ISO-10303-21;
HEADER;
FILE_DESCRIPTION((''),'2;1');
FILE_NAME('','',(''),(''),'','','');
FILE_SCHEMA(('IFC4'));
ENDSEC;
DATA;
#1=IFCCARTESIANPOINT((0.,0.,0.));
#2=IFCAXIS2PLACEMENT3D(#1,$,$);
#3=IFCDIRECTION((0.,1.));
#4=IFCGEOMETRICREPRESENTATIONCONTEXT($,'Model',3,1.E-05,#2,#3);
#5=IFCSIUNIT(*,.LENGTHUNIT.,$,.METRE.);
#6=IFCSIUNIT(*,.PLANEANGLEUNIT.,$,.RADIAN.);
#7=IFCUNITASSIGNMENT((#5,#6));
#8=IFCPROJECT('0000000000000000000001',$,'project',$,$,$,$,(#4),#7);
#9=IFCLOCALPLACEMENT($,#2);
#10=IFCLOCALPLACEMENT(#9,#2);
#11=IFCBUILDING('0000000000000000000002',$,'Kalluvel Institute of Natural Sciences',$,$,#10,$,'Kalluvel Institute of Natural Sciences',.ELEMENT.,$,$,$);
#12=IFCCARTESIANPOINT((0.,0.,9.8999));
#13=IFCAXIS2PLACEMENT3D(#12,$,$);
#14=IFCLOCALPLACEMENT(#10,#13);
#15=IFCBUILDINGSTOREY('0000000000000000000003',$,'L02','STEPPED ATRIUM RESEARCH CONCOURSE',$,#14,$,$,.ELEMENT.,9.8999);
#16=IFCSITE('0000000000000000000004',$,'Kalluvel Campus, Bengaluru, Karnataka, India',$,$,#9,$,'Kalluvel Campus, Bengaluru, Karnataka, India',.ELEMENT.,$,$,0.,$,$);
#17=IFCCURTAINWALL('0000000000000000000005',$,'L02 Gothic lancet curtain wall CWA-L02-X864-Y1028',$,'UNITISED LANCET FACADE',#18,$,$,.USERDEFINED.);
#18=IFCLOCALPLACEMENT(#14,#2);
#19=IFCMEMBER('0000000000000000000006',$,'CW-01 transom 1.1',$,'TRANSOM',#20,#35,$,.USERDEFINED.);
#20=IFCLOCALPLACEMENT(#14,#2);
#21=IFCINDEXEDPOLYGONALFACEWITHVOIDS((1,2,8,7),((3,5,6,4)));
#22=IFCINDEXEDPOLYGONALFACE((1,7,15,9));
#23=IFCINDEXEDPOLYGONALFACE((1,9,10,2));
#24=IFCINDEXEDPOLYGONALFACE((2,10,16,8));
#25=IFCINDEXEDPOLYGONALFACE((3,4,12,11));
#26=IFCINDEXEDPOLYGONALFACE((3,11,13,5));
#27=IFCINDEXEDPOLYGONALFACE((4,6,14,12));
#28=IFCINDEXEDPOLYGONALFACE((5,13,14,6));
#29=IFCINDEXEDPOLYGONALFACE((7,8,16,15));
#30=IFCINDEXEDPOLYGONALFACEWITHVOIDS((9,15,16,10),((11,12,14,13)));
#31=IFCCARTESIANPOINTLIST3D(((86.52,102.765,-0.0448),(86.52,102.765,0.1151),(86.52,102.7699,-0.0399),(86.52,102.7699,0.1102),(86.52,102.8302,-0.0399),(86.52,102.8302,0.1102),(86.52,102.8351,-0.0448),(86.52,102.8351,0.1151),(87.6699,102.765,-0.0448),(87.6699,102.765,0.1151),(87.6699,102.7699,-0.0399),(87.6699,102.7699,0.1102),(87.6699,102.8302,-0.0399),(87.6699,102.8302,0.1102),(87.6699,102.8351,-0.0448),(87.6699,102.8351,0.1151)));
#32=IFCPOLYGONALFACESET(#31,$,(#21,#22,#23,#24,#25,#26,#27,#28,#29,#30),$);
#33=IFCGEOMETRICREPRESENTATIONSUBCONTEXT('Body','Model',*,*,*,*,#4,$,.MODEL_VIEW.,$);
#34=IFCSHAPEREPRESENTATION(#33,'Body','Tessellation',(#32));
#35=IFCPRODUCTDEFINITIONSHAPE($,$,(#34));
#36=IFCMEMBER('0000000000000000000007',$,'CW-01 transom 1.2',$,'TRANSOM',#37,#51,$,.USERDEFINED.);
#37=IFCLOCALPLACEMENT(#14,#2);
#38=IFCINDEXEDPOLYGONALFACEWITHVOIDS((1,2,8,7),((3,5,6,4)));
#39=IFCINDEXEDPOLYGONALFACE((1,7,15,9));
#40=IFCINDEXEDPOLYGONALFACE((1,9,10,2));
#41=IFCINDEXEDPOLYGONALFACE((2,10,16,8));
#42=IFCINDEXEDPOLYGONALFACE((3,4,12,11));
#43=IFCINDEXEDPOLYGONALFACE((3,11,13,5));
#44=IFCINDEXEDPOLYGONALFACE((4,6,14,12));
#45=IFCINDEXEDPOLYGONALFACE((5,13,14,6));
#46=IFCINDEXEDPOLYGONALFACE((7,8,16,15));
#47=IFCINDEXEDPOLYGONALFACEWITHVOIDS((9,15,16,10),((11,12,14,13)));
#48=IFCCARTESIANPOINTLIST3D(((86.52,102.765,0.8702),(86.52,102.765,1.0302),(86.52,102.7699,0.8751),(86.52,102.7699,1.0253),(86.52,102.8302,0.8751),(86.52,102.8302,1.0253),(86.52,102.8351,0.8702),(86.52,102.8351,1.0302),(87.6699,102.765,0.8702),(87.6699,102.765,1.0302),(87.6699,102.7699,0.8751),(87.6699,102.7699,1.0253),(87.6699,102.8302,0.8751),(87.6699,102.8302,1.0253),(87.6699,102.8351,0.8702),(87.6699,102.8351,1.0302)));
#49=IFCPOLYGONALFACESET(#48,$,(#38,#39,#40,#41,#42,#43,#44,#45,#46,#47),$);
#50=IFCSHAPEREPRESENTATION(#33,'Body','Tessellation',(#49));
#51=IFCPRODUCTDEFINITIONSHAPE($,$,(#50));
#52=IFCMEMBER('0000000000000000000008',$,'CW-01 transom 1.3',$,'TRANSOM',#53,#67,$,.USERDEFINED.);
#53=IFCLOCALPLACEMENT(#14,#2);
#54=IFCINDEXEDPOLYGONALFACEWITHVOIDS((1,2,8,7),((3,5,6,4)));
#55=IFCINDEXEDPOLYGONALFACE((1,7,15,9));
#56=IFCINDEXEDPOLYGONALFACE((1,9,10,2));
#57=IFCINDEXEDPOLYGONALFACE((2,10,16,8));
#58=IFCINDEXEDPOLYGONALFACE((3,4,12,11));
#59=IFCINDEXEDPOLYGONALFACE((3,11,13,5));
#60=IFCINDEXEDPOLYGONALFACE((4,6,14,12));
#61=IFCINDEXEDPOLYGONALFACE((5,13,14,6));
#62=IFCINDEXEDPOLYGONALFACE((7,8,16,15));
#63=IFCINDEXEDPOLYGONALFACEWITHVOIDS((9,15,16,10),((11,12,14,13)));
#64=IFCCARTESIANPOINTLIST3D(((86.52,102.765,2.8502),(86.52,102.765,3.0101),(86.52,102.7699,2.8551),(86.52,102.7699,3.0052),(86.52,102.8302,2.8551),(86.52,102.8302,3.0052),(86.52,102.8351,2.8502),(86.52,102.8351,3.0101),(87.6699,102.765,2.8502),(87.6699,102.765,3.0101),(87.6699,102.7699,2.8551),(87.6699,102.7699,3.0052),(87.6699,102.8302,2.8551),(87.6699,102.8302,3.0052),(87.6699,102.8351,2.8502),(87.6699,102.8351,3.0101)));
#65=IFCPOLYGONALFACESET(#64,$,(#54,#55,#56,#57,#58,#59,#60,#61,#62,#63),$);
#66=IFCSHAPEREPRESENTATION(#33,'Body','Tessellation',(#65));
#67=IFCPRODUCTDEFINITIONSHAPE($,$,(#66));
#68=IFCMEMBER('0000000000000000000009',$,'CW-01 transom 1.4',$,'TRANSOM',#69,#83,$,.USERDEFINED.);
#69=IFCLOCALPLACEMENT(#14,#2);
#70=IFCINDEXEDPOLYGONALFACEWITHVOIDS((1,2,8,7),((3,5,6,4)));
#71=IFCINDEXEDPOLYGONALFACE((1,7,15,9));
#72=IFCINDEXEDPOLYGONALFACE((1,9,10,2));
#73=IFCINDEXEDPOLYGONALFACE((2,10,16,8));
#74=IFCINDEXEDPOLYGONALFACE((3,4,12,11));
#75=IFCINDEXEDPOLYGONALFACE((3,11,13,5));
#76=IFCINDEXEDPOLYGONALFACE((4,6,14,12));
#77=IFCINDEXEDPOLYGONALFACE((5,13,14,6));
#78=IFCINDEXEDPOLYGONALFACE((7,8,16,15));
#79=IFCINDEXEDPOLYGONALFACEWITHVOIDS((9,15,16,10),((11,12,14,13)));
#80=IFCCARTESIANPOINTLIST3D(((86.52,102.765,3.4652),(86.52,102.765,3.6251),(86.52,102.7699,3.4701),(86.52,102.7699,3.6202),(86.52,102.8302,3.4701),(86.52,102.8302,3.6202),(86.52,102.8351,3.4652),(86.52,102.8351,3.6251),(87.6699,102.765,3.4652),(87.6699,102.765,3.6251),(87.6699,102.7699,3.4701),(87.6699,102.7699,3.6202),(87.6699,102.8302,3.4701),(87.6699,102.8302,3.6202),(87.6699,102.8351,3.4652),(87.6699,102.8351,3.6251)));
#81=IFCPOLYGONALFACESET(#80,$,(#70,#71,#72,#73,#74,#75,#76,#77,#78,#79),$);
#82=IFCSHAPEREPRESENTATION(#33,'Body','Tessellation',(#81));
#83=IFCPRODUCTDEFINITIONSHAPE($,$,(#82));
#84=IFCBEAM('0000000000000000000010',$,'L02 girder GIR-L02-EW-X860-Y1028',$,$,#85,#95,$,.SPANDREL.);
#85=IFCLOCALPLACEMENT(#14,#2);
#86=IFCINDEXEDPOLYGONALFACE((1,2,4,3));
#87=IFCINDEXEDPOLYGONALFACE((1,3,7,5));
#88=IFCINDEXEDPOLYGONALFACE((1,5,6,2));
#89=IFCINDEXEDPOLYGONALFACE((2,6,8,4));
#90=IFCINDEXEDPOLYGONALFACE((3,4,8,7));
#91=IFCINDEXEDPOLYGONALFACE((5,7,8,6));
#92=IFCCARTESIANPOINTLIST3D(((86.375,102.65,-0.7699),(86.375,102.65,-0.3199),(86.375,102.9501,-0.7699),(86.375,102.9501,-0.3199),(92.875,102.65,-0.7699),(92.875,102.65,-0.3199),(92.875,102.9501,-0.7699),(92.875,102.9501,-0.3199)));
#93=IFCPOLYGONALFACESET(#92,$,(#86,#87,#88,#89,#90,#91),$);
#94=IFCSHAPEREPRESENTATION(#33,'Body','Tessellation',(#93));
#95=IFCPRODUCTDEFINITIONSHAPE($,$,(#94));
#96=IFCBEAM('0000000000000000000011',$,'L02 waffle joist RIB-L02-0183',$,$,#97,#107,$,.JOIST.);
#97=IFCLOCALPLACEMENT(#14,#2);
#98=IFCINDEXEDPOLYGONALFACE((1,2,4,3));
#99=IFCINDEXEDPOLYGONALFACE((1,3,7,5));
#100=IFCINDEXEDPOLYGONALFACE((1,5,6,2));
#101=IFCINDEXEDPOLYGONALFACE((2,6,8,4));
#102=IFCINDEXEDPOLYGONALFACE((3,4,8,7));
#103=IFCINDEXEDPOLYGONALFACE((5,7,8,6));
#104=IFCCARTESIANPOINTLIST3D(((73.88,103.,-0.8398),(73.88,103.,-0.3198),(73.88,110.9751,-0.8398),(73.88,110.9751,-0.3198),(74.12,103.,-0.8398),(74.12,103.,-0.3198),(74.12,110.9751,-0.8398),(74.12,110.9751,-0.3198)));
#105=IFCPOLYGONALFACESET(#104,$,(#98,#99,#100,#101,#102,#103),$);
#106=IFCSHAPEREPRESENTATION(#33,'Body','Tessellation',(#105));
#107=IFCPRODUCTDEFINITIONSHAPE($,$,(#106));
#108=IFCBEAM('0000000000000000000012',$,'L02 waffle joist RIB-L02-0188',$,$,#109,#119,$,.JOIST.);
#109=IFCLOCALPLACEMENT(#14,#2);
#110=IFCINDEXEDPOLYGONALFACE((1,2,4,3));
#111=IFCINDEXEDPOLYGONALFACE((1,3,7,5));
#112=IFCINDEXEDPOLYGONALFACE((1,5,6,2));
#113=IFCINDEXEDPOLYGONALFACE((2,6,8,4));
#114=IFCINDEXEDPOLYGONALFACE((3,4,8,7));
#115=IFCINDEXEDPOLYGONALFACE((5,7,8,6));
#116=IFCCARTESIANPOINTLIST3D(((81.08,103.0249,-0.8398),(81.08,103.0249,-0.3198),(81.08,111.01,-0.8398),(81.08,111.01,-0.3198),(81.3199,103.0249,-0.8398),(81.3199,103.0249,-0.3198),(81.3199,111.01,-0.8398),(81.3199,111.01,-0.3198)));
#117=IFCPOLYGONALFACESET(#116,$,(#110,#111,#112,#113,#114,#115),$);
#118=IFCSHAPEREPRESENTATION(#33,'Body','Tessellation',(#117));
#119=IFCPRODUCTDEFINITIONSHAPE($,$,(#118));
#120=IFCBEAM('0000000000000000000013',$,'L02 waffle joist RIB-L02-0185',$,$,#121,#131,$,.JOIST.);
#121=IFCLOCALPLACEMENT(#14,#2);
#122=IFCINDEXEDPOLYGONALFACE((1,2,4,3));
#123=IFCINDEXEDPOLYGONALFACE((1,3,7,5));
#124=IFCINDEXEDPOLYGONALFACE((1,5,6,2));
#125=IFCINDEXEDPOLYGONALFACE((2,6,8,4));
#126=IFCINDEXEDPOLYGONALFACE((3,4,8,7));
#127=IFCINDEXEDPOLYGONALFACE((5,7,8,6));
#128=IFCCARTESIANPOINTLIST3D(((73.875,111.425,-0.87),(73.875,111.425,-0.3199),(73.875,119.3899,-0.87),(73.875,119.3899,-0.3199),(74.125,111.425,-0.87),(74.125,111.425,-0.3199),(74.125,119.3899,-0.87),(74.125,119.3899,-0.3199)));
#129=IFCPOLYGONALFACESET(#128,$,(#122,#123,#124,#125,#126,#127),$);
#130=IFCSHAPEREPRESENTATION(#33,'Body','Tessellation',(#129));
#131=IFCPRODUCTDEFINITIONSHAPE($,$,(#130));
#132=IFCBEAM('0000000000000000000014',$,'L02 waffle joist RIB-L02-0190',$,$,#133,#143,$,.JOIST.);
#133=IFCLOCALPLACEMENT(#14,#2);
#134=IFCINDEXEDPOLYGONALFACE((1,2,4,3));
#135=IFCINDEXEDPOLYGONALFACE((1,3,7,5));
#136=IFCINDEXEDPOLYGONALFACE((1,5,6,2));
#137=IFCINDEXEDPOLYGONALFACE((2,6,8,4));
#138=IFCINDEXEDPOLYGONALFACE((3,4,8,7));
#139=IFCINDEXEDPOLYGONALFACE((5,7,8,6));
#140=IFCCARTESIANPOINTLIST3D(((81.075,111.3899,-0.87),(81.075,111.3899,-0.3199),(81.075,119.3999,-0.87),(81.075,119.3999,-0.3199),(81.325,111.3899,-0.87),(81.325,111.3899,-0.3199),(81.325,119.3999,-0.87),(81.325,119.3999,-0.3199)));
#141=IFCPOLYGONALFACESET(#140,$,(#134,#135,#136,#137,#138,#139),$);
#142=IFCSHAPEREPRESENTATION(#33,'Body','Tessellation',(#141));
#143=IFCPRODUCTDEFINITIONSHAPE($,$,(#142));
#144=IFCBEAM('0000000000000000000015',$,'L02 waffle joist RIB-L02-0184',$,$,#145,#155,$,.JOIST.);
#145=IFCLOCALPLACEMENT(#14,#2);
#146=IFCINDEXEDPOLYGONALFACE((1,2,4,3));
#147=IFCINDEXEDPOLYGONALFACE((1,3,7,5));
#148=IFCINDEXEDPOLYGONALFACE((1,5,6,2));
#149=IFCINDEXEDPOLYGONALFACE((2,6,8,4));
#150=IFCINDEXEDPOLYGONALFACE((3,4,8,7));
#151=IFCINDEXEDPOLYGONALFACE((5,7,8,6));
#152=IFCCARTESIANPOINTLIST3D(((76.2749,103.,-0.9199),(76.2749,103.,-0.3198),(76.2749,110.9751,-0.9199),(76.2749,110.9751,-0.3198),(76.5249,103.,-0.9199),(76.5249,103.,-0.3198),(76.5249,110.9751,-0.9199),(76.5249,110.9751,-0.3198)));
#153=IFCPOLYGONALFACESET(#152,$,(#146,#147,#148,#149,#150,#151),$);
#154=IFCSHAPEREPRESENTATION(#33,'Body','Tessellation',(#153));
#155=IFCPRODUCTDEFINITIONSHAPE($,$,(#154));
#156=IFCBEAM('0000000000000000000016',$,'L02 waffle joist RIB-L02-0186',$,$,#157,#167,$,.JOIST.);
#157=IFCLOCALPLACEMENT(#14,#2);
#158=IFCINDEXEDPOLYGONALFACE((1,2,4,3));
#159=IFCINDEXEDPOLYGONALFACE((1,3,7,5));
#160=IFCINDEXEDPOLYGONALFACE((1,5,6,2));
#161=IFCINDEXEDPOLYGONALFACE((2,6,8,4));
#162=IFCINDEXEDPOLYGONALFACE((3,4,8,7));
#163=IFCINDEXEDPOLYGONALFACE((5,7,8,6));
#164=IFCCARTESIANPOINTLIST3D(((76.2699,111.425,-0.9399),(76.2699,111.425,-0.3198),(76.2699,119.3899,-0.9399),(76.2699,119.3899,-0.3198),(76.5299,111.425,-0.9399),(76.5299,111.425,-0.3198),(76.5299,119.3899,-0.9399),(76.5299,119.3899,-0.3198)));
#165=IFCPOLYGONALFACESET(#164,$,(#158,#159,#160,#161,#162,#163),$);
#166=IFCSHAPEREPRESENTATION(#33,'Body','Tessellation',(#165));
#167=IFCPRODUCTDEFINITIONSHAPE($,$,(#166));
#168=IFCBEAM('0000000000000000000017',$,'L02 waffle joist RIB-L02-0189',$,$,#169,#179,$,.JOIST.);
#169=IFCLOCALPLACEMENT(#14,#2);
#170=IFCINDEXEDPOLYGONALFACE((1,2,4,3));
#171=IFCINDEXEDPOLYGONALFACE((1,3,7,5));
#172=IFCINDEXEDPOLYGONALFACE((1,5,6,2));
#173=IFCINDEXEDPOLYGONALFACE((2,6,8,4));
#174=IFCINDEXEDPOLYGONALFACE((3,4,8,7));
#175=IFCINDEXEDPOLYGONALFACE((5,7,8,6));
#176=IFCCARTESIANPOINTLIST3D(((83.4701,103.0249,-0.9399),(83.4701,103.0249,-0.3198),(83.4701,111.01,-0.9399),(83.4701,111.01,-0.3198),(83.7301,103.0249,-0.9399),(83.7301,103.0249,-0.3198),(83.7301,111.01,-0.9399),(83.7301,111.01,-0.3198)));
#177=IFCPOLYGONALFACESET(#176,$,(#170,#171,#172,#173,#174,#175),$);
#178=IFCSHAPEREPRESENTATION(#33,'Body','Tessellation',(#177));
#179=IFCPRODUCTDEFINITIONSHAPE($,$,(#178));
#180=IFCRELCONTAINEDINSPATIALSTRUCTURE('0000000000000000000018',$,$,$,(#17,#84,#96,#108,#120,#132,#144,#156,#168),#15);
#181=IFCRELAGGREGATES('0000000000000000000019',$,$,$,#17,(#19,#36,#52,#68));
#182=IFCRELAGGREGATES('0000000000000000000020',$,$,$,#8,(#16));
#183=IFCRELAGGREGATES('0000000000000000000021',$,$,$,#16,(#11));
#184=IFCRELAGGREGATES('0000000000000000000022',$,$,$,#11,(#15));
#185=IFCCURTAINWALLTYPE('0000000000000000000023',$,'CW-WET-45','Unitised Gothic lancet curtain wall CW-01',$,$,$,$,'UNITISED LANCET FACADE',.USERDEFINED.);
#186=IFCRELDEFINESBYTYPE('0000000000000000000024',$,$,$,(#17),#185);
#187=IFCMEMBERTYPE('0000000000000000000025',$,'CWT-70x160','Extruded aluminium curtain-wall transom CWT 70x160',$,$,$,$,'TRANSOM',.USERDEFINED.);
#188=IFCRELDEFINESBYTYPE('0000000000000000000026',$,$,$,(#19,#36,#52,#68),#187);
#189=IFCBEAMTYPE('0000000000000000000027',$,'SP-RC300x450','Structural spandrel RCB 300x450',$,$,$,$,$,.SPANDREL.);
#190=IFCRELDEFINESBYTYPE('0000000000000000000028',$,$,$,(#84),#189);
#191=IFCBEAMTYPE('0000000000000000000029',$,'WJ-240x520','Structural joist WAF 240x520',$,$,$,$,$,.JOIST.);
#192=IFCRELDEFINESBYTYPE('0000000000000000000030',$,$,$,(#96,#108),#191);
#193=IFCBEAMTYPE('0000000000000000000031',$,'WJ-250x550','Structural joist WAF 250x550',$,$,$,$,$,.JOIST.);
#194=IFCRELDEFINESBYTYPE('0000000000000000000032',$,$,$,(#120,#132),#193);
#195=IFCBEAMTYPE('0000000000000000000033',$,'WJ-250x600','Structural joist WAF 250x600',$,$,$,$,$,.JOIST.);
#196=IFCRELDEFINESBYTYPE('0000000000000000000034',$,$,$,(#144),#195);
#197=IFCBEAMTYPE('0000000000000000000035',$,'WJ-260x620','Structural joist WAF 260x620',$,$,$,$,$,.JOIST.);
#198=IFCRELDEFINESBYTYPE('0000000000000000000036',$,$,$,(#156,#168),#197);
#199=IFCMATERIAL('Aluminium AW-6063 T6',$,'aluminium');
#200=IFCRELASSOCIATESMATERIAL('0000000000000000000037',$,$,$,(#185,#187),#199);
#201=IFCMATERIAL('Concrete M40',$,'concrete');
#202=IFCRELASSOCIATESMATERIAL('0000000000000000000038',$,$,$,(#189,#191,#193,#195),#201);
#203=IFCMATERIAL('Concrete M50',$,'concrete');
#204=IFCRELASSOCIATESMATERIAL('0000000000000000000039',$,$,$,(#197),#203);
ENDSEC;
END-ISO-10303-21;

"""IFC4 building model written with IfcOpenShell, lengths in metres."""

from ifc_helpers import new_model, si_unit, direction, frame, origin, origin_2d, place, context, subcontext, project, spatial, rectangle, hollow_rectangle, extrude, material, material_profile, profile_set, type_object, element, aggregate, save


model = new_model("IFC4")

# Units and contexts
model_context = context("Model", 3, precision=1e-05, world=origin(), true_north=direction((0.0, 1.0)))
body_context = subcontext(model_context, "Body", "Model", "MODEL_VIEW")
ifc_project = project(units=[si_unit("LENGTHUNIT", "METRE"), si_unit("PLANEANGLEUNIT", "RADIAN")], contexts=[model_context])

# Site, building, storey
site_placement = place(None, origin())
site = spatial("IfcSite", under=ifc_project, at=site_placement, Name="Kalluvel Campus, Bengaluru, Karnataka, India", LongName="Kalluvel Campus, Bengaluru, Karnataka, India", CompositionType="ELEMENT", RefElevation=0.0)
building_placement = place(site_placement, origin())
building = spatial("IfcBuilding", under=site, at=building_placement, Name="Kalluvel Institute of Natural Sciences", LongName="Kalluvel Institute of Natural Sciences", CompositionType="ELEMENT")
storey_placement = place(building_placement, frame((0.0, 0.0, 9.8999)))
storey = spatial("IfcBuildingStorey", under=building, at=storey_placement, Name="L02", Description="STEPPED ATRIUM RESEARCH CONCOURSE", CompositionType="ELEMENT", Elevation=9.8999)

# Shared definitions
ifc_material_1 = material(Name="Concrete M50", Category="concrete")

# Shared definitions
ifc_material_2 = material(Name="Concrete M40", Category="concrete")

# Curtain wall, members
ifc_material_3 = material(Name="Aluminium AW-6063 T6", Category="aluminium")
curtain_wall_type = type_object("IfcCurtainWallType", Name="CW-WET-45", Description="Unitised Gothic lancet curtain wall CW-01", ElementType="UNITISED LANCET FACADE", PredefinedType="USERDEFINED", material=ifc_material_3)
curtain_wall_placement = place(storey_placement, origin())
curtain_wall = element("IfcCurtainWall", 1, at=curtain_wall_placement, inside=storey, type_object=curtain_wall_type, Name="L02 Gothic lancet curtain wall CWA-L02-X864-Y1028", ObjectType="UNITISED LANCET FACADE", PredefinedType="USERDEFINED")
ifc_material_profile_1 = material_profile(ifc_material_3, hollow_rectangle(XDim=0.0701, YDim=0.1599, WallThickness=0.0049, at=origin_2d()), Name="CWT 70x160")
ifc_profile_set_1 = profile_set([ifc_material_profile_1], Name="Aluminium AW-6063 T6")
member_type_1 = type_object("IfcMemberType", Name="CWT-70x160", Description="Extruded aluminium curtain-wall transom CWT 70x160", ElementType="TRANSOM", PredefinedType="USERDEFINED", material=ifc_profile_set_1)
member_1_placement = place(storey_placement, frame((86.52, 102.8, 0.0352), z_axis=(1.0, 0.0, 0.0), x_axis=(0.0, 1.0, 0.0)))
member_1 = element("IfcMember", 2, at=member_1_placement, type_object=member_type_1, Name="CW-01 transom 1.1", ObjectType="TRANSOM", PredefinedType="USERDEFINED", context=body_context, shape_type="SweptSolid", body=[
    extrude(hollow_rectangle(XDim=0.0701, YDim=0.1599, WallThickness=0.0049, at=origin_2d()), origin(), (0.0, 0.0, 1.0), 1.1499),
])
member_2_placement = place(storey_placement, frame((86.52, 102.8, 0.9502), z_axis=(1.0, 0.0, 0.0), x_axis=(0.0, 1.0, 0.0)))
member_2 = element("IfcMember", 3, at=member_2_placement, type_object=member_type_1, Name="CW-01 transom 1.2", ObjectType="TRANSOM", PredefinedType="USERDEFINED", context=body_context, shape_type="SweptSolid", body=[
    extrude(hollow_rectangle(XDim=0.0701, YDim=0.1599, WallThickness=0.0049, at=origin_2d()), origin(), (0.0, 0.0, 1.0), 1.1499),
])
member_3_placement = place(storey_placement, frame((86.52, 102.8, 2.9302), z_axis=(1.0, 0.0, 0.0), x_axis=(0.0, 1.0, 0.0)))
member_3 = element("IfcMember", 4, at=member_3_placement, type_object=member_type_1, Name="CW-01 transom 1.3", ObjectType="TRANSOM", PredefinedType="USERDEFINED", context=body_context, shape_type="SweptSolid", body=[
    extrude(hollow_rectangle(XDim=0.0701, YDim=0.1599, WallThickness=0.0049, at=origin_2d()), origin(), (0.0, 0.0, 1.0), 1.1499),
])
member_4_placement = place(storey_placement, frame((86.52, 102.8, 3.5452), z_axis=(1.0, 0.0, 0.0), x_axis=(0.0, 1.0, 0.0)))
member_4 = element("IfcMember", 5, at=member_4_placement, type_object=member_type_1, Name="CW-01 transom 1.4", ObjectType="TRANSOM", PredefinedType="USERDEFINED", context=body_context, shape_type="SweptSolid", body=[
    extrude(hollow_rectangle(XDim=0.0701, YDim=0.1599, WallThickness=0.0049, at=origin_2d()), origin(), (0.0, 0.0, 1.0), 1.1499),
])
aggregate(curtain_wall, [member_1, member_2, member_3, member_4])

# Beams
ifc_material_profile_2 = material_profile(ifc_material_2, rectangle(XDim=0.3, YDim=0.45, at=origin_2d()), Name="RCB 300x450")
ifc_profile_set_2 = profile_set([ifc_material_profile_2], Name="Concrete M40")
beam_type_1 = type_object("IfcBeamType", Name="SP-RC300x450", Description="Structural spandrel RCB 300x450", PredefinedType="SPANDREL", material=ifc_profile_set_2)
beam_1_placement = place(storey_placement, frame((86.375, 102.8, -0.5449), z_axis=(1.0, 0.0, 0.0), x_axis=(0.0, 1.0, 0.0)))
element("IfcBeam", 6, at=beam_1_placement, inside=storey, type_object=beam_type_1, Name="L02 girder GIR-L02-EW-X860-Y1028", PredefinedType="SPANDREL", context=body_context, shape_type="SweptSolid", body=[
    extrude(rectangle(XDim=0.3, YDim=0.45, at=origin_2d()), origin(), (0.0, 0.0, 1.0), 6.5),
])
ifc_material_profile_3 = material_profile(ifc_material_2, rectangle(XDim=0.24, YDim=0.52, at=origin_2d()), Name="WAF 240x520")
ifc_profile_set_3 = profile_set([ifc_material_profile_3], Name="Concrete M40")
beam_type_2 = type_object("IfcBeamType", Name="WJ-240x520", Description="Structural joist WAF 240x520", PredefinedType="JOIST", material=ifc_profile_set_3)
beam_2_placement = place(storey_placement, frame((74.0, 103.0, -0.5798), z_axis=(0.0, 1.0, 0.0), x_axis=(-1.0, 0.0, 0.0)))
element("IfcBeam", 7, at=beam_2_placement, inside=storey, type_object=beam_type_2, Name="L02 waffle joist RIB-L02-0183", PredefinedType="JOIST", context=body_context, shape_type="SweptSolid", body=[
    extrude(rectangle(XDim=0.24, YDim=0.52, at=origin_2d()), origin(), (0.0, 0.0, 1.0), 7.9751),
])
beam_3_placement = place(storey_placement, frame((81.2, 103.0249, -0.5798), z_axis=(0.0, 1.0, 0.0), x_axis=(-1.0, 0.0, 0.0)))
element("IfcBeam", 8, at=beam_3_placement, inside=storey, type_object=beam_type_2, Name="L02 waffle joist RIB-L02-0188", PredefinedType="JOIST", context=body_context, shape_type="SweptSolid", body=[
    extrude(rectangle(XDim=0.24, YDim=0.52, at=origin_2d()), origin(), (0.0, 0.0, 1.0), 7.9851),
])
ifc_material_profile_4 = material_profile(ifc_material_2, rectangle(XDim=0.25, YDim=0.55, at=origin_2d()), Name="WAF 250x550")
ifc_profile_set_4 = profile_set([ifc_material_profile_4], Name="Concrete M40")
beam_type_3 = type_object("IfcBeamType", Name="WJ-250x550", Description="Structural joist WAF 250x550", PredefinedType="JOIST", material=ifc_profile_set_4)
beam_4_placement = place(storey_placement, frame((74.0, 111.425, -0.595), z_axis=(0.0, 1.0, 0.0), x_axis=(-1.0, 0.0, 0.0)))
element("IfcBeam", 9, at=beam_4_placement, inside=storey, type_object=beam_type_3, Name="L02 waffle joist RIB-L02-0185", PredefinedType="JOIST", context=body_context, shape_type="SweptSolid", body=[
    extrude(rectangle(XDim=0.25, YDim=0.55, at=origin_2d()), origin(), (0.0, 0.0, 1.0), 7.9648),
])
beam_5_placement = place(storey_placement, frame((81.2, 111.3899, -0.595), z_axis=(0.0, 1.0, 0.0), x_axis=(-1.0, 0.0, 0.0)))
element("IfcBeam", 10, at=beam_5_placement, inside=storey, type_object=beam_type_3, Name="L02 waffle joist RIB-L02-0190", PredefinedType="JOIST", context=body_context, shape_type="SweptSolid", body=[
    extrude(rectangle(XDim=0.25, YDim=0.55, at=origin_2d()), origin(), (0.0, 0.0, 1.0), 8.01),
])
ifc_material_profile_5 = material_profile(ifc_material_2, rectangle(XDim=0.25, YDim=0.6001, at=origin_2d()), Name="WAF 250x600")
ifc_profile_set_5 = profile_set([ifc_material_profile_5], Name="Concrete M40")
beam_type_4 = type_object("IfcBeamType", Name="WJ-250x600", Description="Structural joist WAF 250x600", PredefinedType="JOIST", material=ifc_profile_set_5)
beam_6_placement = place(storey_placement, frame((76.3999, 103.0, -0.6199), z_axis=(0.0, 1.0, 0.0), x_axis=(-1.0, 0.0, 0.0)))
element("IfcBeam", 11, at=beam_6_placement, inside=storey, type_object=beam_type_4, Name="L02 waffle joist RIB-L02-0184", PredefinedType="JOIST", context=body_context, shape_type="SweptSolid", body=[
    extrude(rectangle(XDim=0.25, YDim=0.6001, at=origin_2d()), origin(), (0.0, 0.0, 1.0), 7.9751),
])
ifc_material_profile_6 = material_profile(ifc_material_1, rectangle(XDim=0.26, YDim=0.6201, at=origin_2d()), Name="WAF 260x620")
ifc_profile_set_6 = profile_set([ifc_material_profile_6], Name="Concrete M50")
beam_type_5 = type_object("IfcBeamType", Name="WJ-260x620", Description="Structural joist WAF 260x620", PredefinedType="JOIST", material=ifc_profile_set_6)
beam_7_placement = place(storey_placement, frame((76.3999, 111.425, -0.6299), z_axis=(0.0, 1.0, 0.0), x_axis=(-1.0, 0.0, 0.0)))
element("IfcBeam", 12, at=beam_7_placement, inside=storey, type_object=beam_type_5, Name="L02 waffle joist RIB-L02-0186", PredefinedType="JOIST", context=body_context, shape_type="SweptSolid", body=[
    extrude(rectangle(XDim=0.26, YDim=0.6201, at=origin_2d()), origin(), (0.0, 0.0, 1.0), 7.9648),
])
beam_8_placement = place(storey_placement, frame((83.6001, 103.0249, -0.6299), z_axis=(0.0, 1.0, 0.0), x_axis=(-1.0, 0.0, 0.0)))
element("IfcBeam", 13, at=beam_8_placement, inside=storey, type_object=beam_type_5, Name="L02 waffle joist RIB-L02-0189", PredefinedType="JOIST", context=body_context, shape_type="SweptSolid", body=[
    extrude(rectangle(XDim=0.26, YDim=0.6201, at=origin_2d()), origin(), (0.0, 0.0, 1.0), 7.9851),
])

save(model, "model.ifc")
